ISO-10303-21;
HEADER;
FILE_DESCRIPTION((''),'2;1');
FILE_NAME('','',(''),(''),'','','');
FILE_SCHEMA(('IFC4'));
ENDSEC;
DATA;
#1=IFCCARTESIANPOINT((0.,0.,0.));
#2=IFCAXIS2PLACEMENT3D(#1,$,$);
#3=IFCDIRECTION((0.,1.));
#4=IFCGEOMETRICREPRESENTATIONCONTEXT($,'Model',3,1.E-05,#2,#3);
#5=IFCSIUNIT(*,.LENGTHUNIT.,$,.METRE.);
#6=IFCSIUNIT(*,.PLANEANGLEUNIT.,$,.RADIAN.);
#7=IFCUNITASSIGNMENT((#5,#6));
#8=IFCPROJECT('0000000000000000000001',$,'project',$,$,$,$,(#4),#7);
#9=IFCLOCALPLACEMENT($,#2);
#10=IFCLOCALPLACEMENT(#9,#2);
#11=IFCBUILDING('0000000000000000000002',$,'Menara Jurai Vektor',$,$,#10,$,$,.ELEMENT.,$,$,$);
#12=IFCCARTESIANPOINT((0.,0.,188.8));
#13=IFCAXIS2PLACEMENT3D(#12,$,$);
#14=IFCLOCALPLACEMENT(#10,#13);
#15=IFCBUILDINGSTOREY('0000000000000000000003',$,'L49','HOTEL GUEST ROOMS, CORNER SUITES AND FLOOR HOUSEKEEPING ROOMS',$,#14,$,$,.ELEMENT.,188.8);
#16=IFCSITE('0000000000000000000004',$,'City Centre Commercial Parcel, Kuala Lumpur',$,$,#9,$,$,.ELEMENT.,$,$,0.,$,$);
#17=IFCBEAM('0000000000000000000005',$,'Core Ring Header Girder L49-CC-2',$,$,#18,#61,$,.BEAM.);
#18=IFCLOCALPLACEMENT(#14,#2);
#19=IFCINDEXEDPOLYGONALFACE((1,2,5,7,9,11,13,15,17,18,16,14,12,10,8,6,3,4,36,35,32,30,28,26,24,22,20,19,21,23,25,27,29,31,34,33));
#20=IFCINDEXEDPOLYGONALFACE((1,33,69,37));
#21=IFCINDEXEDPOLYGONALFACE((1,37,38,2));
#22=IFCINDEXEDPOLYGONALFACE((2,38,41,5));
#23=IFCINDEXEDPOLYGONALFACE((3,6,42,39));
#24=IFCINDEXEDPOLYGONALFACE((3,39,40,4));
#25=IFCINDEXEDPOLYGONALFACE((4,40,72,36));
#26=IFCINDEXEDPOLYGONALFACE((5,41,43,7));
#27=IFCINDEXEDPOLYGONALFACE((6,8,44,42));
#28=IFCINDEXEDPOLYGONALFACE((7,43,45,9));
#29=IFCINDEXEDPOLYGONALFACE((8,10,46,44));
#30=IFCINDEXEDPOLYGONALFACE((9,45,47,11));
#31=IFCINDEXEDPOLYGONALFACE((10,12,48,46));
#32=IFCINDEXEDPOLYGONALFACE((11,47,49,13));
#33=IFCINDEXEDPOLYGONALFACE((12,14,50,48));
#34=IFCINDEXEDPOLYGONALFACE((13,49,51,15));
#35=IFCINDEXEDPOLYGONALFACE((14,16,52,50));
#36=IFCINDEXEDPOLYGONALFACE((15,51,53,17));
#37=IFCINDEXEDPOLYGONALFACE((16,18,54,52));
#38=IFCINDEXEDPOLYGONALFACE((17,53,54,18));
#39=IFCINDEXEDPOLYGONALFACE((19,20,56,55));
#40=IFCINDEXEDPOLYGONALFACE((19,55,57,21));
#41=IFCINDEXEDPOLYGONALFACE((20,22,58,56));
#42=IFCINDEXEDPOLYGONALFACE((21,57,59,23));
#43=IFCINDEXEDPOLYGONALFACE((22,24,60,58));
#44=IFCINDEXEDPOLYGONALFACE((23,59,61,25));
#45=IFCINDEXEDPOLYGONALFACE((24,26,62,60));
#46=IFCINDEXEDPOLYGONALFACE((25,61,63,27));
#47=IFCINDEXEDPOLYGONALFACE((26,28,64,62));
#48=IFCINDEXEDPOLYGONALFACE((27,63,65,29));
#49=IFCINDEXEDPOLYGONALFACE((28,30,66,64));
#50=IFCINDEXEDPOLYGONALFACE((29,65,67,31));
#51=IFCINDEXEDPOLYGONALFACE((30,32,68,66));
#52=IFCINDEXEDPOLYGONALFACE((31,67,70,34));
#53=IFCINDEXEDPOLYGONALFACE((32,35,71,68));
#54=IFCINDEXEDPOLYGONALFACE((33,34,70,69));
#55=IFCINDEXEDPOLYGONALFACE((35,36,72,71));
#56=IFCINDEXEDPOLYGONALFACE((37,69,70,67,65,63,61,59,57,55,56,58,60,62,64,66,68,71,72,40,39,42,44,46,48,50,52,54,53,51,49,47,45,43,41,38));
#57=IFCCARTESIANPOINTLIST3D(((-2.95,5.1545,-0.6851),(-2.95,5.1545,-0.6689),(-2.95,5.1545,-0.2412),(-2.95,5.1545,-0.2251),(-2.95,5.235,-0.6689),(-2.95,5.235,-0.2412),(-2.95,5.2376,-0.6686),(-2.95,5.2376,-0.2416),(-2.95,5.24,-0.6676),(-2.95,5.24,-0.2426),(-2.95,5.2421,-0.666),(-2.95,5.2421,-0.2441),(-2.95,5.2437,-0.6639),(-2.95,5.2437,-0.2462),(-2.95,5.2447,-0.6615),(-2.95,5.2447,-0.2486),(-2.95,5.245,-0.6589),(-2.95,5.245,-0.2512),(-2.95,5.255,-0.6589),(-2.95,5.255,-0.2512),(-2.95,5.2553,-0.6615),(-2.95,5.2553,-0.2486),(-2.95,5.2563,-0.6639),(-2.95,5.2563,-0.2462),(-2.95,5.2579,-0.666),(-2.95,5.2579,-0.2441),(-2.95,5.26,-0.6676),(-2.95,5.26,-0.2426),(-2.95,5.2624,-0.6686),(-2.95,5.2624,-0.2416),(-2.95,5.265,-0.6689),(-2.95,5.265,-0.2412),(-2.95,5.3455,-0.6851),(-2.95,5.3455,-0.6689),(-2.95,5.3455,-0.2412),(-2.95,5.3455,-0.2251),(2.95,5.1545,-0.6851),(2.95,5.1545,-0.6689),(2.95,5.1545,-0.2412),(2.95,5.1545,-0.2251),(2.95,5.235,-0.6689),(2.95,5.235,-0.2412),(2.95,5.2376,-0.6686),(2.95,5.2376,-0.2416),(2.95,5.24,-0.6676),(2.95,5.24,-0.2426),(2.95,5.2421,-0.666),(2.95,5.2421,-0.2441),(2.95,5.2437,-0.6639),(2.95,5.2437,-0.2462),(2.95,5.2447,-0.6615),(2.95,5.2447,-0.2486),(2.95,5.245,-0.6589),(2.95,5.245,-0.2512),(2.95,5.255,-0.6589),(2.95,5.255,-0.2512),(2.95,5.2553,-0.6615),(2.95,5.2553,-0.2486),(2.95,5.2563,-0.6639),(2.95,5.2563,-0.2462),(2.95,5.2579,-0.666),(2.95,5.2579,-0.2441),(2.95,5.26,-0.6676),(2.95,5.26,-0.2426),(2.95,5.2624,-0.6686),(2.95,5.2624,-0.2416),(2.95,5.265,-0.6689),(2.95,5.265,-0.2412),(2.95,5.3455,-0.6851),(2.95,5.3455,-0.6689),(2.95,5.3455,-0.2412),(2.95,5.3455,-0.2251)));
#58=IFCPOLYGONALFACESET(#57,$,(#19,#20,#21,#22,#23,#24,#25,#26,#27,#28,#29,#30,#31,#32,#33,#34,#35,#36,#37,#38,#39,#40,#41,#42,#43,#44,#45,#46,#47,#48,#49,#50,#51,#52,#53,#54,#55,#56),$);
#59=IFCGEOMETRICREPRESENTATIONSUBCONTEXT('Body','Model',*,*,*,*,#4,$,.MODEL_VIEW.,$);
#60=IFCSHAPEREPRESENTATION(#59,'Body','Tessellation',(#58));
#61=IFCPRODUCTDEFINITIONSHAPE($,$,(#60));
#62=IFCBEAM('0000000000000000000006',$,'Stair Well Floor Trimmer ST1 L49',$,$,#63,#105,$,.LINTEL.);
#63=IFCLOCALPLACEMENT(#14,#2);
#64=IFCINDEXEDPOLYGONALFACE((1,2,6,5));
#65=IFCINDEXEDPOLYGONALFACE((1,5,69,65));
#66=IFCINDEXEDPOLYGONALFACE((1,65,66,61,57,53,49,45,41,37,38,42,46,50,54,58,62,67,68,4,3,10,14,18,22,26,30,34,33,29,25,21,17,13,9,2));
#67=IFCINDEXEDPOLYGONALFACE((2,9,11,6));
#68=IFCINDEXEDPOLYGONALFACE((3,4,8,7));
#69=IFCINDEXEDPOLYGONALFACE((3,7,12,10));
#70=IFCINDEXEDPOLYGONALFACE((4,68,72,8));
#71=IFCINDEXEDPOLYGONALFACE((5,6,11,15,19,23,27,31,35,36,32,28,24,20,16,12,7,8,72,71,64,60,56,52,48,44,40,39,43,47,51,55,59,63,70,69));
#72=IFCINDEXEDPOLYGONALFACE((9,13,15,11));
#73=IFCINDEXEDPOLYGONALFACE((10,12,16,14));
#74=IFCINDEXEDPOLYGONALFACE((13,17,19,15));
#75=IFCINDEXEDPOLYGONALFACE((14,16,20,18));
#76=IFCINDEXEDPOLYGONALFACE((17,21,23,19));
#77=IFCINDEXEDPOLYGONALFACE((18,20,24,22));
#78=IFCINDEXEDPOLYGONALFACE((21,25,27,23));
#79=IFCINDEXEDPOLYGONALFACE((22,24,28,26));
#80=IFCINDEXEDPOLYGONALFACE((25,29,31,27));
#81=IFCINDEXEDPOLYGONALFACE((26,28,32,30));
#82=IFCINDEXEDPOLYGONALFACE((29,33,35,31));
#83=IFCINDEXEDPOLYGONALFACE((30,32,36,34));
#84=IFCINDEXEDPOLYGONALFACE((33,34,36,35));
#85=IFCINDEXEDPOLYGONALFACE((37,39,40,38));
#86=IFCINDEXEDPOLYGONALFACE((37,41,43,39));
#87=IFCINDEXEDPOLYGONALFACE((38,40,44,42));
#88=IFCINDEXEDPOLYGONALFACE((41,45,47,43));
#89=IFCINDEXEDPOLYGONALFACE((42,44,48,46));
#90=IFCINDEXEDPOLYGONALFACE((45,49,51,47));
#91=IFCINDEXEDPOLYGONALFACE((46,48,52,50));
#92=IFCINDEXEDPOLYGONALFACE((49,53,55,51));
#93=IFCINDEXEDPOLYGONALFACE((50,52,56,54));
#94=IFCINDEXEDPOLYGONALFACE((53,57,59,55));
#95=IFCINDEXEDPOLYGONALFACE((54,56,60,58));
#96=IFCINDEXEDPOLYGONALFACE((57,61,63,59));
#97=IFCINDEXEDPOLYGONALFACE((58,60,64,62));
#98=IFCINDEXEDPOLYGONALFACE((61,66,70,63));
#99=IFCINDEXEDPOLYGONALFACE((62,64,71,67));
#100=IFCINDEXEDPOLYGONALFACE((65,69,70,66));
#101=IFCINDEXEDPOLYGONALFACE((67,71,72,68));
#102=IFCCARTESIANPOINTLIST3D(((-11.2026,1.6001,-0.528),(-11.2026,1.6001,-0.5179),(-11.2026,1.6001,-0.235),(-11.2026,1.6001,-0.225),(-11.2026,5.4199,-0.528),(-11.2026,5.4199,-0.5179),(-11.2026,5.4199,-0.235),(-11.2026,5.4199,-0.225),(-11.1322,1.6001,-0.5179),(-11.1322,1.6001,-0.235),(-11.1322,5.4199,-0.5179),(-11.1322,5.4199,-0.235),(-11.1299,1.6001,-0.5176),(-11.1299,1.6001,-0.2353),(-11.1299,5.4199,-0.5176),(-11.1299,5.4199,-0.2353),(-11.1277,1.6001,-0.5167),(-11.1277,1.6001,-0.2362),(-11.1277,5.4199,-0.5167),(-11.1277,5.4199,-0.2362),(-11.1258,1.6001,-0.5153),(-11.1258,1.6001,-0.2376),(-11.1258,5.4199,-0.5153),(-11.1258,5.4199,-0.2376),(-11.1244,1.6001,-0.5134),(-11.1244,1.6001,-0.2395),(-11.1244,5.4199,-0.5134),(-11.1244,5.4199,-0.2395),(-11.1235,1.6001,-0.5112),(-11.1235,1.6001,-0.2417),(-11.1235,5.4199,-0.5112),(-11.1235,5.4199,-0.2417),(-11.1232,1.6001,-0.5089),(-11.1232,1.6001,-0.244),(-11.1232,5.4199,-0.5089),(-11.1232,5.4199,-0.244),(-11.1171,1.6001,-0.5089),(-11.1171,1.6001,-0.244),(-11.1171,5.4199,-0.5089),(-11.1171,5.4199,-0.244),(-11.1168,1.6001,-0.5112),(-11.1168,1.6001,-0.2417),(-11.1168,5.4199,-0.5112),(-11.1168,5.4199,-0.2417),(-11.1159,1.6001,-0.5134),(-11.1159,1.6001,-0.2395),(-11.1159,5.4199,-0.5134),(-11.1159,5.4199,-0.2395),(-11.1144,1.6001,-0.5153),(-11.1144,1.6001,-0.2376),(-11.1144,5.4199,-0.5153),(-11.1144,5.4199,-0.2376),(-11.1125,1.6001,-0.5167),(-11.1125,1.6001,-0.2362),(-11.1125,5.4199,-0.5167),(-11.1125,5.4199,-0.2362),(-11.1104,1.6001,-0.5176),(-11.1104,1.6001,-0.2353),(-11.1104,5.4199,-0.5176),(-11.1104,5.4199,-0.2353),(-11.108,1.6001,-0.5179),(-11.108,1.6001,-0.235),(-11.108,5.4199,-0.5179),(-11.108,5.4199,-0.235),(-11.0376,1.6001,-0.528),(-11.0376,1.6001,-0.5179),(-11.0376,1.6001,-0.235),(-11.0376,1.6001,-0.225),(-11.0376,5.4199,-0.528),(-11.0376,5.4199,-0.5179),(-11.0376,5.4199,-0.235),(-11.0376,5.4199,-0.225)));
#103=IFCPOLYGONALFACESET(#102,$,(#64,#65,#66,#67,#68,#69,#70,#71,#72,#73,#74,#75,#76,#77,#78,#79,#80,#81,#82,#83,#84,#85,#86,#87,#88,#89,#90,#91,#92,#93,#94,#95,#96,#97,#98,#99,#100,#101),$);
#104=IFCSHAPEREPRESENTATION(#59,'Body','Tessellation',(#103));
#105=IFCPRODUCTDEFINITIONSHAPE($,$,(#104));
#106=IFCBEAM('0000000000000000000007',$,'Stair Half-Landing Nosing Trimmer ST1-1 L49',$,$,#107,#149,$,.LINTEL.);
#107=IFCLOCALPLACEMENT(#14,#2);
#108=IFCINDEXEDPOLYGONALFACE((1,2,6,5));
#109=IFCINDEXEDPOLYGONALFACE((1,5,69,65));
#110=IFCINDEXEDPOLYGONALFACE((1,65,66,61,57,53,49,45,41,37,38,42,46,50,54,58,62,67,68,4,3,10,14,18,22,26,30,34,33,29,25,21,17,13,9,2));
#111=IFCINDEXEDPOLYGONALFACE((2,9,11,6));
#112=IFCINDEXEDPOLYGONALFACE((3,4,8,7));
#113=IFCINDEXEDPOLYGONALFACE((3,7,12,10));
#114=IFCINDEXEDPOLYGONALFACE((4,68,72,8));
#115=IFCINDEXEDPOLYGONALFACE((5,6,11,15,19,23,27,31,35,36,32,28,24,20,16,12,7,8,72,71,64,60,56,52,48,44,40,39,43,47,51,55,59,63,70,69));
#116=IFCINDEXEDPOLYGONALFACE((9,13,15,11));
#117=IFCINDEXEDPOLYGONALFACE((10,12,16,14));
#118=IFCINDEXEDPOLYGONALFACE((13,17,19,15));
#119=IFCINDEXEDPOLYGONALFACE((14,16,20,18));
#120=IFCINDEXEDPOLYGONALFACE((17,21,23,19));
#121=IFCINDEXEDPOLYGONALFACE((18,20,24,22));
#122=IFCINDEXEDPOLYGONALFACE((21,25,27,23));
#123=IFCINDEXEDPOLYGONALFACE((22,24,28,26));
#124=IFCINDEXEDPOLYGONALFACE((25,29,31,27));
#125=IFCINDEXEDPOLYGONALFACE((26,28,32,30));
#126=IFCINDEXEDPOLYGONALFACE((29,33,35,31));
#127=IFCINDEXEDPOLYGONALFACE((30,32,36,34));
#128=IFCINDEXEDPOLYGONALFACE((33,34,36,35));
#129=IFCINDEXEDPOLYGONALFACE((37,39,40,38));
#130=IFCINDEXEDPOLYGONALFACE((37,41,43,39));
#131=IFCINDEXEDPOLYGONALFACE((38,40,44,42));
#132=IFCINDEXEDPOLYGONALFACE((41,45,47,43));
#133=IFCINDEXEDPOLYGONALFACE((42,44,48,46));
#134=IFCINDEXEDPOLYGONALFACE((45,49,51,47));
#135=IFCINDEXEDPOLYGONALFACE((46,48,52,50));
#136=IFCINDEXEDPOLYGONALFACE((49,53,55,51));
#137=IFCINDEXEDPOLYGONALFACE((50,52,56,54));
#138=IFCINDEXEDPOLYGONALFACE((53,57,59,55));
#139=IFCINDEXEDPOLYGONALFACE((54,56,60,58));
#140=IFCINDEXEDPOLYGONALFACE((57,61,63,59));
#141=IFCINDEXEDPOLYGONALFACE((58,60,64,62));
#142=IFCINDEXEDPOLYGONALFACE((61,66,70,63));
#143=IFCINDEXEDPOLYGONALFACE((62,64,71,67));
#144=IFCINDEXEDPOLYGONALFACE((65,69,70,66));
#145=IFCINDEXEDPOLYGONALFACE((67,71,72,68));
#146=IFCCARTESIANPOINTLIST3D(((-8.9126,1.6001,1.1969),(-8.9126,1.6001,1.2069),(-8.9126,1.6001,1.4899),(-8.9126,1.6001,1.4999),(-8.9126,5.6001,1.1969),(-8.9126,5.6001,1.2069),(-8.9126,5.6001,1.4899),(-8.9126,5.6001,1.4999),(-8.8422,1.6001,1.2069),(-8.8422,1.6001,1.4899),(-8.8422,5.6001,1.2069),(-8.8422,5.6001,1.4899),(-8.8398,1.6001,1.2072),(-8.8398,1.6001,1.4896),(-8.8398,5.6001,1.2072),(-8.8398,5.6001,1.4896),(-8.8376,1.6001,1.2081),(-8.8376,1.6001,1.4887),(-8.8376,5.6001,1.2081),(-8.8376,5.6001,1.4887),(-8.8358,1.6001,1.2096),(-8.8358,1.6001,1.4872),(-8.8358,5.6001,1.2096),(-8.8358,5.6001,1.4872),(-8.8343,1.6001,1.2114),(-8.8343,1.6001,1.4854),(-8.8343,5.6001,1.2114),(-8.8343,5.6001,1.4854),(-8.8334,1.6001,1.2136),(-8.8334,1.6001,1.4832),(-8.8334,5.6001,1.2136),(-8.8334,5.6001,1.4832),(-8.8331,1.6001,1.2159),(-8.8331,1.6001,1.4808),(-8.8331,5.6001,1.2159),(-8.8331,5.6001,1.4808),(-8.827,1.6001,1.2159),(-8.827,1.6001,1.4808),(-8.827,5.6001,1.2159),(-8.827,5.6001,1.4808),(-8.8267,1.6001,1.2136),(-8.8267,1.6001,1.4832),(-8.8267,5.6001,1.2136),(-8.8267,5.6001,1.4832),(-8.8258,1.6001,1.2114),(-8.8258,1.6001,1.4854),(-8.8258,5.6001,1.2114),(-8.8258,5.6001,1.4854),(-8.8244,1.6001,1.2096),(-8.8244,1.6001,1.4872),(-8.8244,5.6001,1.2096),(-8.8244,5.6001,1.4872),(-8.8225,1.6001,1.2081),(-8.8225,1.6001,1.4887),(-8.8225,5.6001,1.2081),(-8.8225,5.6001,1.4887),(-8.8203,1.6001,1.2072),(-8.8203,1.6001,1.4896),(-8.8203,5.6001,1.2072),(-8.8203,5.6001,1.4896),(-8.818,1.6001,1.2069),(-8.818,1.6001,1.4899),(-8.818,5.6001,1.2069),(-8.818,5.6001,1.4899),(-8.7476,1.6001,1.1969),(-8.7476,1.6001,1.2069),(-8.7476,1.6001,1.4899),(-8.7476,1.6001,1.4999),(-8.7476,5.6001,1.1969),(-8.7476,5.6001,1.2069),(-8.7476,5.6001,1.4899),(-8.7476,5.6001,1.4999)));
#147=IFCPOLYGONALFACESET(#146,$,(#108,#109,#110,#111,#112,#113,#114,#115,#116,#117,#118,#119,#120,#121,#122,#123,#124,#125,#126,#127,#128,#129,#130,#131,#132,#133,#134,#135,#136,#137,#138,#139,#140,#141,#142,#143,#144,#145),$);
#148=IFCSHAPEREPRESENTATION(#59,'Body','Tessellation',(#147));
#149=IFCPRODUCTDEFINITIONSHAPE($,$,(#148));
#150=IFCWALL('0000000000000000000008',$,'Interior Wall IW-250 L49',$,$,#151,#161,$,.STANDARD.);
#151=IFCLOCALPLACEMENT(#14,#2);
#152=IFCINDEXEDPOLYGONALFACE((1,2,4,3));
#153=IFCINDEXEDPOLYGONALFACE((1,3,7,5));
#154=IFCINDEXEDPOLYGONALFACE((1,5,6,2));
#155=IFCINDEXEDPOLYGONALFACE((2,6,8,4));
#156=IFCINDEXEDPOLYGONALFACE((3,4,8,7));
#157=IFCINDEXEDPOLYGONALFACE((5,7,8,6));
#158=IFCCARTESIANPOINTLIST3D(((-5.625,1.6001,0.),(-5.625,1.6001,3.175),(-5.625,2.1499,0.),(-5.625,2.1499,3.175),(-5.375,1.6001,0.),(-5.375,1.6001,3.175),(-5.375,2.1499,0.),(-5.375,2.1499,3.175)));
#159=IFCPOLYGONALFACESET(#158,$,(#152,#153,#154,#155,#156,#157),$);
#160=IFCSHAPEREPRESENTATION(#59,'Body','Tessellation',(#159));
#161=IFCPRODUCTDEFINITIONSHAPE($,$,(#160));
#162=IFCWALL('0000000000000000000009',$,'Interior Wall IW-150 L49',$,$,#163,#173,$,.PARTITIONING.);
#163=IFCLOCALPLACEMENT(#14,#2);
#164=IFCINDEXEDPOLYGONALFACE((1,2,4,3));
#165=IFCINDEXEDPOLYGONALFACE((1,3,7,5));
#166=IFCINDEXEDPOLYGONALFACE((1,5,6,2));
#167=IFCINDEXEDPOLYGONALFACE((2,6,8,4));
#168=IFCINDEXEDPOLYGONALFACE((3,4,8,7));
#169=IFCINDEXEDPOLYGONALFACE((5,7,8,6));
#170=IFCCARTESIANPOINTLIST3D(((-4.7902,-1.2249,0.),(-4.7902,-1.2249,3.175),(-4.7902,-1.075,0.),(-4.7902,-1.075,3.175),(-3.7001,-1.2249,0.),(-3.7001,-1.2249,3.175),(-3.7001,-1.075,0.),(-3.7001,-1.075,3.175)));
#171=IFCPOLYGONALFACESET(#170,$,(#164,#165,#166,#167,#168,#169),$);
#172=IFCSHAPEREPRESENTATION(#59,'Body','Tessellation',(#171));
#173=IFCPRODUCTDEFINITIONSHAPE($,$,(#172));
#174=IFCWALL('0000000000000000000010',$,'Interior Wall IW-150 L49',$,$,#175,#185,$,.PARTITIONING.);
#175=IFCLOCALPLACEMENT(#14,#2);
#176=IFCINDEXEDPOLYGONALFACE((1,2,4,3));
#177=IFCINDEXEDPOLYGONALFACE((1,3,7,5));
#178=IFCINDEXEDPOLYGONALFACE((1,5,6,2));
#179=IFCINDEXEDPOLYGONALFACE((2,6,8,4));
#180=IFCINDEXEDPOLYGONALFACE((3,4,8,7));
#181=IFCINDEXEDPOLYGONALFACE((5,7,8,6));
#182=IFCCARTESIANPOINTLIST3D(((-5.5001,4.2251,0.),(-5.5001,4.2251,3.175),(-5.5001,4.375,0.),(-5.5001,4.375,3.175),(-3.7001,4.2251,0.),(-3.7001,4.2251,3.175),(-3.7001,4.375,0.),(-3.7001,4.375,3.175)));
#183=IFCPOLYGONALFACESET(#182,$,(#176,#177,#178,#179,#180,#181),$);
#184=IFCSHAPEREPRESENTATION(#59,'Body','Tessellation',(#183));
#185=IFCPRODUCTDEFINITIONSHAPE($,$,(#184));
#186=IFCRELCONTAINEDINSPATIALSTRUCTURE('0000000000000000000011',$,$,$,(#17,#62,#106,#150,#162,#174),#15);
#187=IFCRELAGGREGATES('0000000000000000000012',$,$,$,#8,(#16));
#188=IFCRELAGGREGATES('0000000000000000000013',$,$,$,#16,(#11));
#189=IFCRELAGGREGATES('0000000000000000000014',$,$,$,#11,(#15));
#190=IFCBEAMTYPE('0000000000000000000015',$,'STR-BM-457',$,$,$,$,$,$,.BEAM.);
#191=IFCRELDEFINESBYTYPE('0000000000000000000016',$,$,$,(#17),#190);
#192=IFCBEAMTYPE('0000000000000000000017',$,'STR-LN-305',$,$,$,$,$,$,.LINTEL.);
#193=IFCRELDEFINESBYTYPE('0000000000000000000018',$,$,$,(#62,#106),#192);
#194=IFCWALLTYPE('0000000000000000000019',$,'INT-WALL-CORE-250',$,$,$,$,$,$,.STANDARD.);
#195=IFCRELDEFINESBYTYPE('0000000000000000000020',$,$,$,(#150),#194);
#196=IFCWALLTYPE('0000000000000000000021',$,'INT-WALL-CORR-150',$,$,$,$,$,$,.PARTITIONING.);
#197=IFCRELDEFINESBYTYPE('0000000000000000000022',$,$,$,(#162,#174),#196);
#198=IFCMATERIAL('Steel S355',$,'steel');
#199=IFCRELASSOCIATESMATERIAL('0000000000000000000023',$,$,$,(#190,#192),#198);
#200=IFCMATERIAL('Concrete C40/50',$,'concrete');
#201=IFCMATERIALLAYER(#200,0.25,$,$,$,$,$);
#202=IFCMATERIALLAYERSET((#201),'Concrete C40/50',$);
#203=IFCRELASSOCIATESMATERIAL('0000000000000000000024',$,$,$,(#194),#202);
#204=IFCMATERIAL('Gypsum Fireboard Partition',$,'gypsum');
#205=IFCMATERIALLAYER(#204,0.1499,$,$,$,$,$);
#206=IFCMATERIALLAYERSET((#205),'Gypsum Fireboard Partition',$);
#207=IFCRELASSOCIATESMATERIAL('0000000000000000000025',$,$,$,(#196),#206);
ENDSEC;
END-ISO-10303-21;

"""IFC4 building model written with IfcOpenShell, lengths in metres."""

from ifc_helpers import new_model, si_unit, direction, frame, frame_2d, origin, origin_2d, place, context, subcontext, project, spatial, rectangle, i_section, extrude, material, layer, layer_set, material_profile, profile_set, type_object, element, save


model = new_model("IFC4")

# Units and contexts
model_context = context("Model", 3, precision=1e-05, world=origin(), true_north=direction((0.0, 1.0)))
body_context = subcontext(model_context, "Body", "Model", "MODEL_VIEW")
ifc_project = project(units=[si_unit("LENGTHUNIT", "METRE"), si_unit("PLANEANGLEUNIT", "RADIAN")], contexts=[model_context])

# Site, building, storey
site_placement = place(None, origin())
site = spatial("IfcSite", under=ifc_project, at=site_placement, Name="City Centre Commercial Parcel, Kuala Lumpur", CompositionType="ELEMENT", RefElevation=0.0)
building_placement = place(site_placement, origin())
building = spatial("IfcBuilding", under=site, at=building_placement, Name="Menara Jurai Vektor", CompositionType="ELEMENT")
storey_placement = place(building_placement, frame((0.0, 0.0, 188.8)))
storey = spatial("IfcBuildingStorey", under=building, at=storey_placement, Name="L49", Description="HOTEL GUEST ROOMS, CORNER SUITES AND FLOOR HOUSEKEEPING ROOMS", CompositionType="ELEMENT", Elevation=188.8)

# Shared definitions
ifc_material_1 = material(Name="Steel S355", Category="steel")

# Beams
ifc_material_profile_1 = material_profile(ifc_material_1, i_section(OverallWidth=0.1909, OverallDepth=0.46, WebThickness=0.01, FlangeThickness=0.0161, FilletRadius=0.01, at=origin_2d()), Name="UKB 457x191x82")
ifc_profile_set_1 = profile_set([ifc_material_profile_1], Name="Steel S355")
beam_type_1 = type_object("IfcBeamType", Name="STR-BM-457", PredefinedType="BEAM", material=ifc_profile_set_1)
beam_1_placement = place(storey_placement, frame((-2.95, 5.25, -0.4551), z_axis=(1.0, 0.0, 0.0), x_axis=(0.0, 1.0, 0.0)))
element("IfcBeam", 1, at=beam_1_placement, inside=storey, type_object=beam_type_1, Name="Core Ring Header Girder L49-CC-2", PredefinedType="BEAM", context=body_context, shape_type="SweptSolid", body=[
    extrude(i_section(OverallWidth=0.1909, OverallDepth=0.46, WebThickness=0.01, FlangeThickness=0.0161, FilletRadius=0.01, at=origin_2d()), origin(), (0.0, 0.0, 1.0), 5.8999),
])
ifc_material_profile_2 = material_profile(ifc_material_1, i_section(OverallWidth=0.165, OverallDepth=0.303, WebThickness=0.0061, FlangeThickness=0.01, FilletRadius=0.009, at=origin_2d()), Name="UKB 305x165x40")
ifc_profile_set_2 = profile_set([ifc_material_profile_2], Name="Steel S355")
beam_type_2 = type_object("IfcBeamType", Name="STR-LN-305", PredefinedType="LINTEL", material=ifc_profile_set_2)
beam_2_placement = place(storey_placement, frame((-11.1201, 1.6001, -0.3765), z_axis=(0.0, 1.0, 0.0), x_axis=(-1.0, 0.0, 0.0)))
element("IfcBeam", 2, at=beam_2_placement, inside=storey, type_object=beam_type_2, Name="Stair Well Floor Trimmer ST1 L49", PredefinedType="LINTEL", context=body_context, shape_type="SweptSolid", body=[
    extrude(i_section(OverallWidth=0.165, OverallDepth=0.303, WebThickness=0.0061, FlangeThickness=0.01, FilletRadius=0.009, at=origin_2d()), origin(), (0.0, 0.0, 1.0), 3.8198),
])
beam_3_placement = place(storey_placement, frame((-8.8301, 1.6001, 1.3484), z_axis=(0.0, 1.0, 0.0), x_axis=(-1.0, 0.0, 0.0)))
element("IfcBeam", 3, at=beam_3_placement, inside=storey, type_object=beam_type_2, Name="Stair Half-Landing Nosing Trimmer ST1-1 L49", PredefinedType="LINTEL", context=body_context, shape_type="SweptSolid", body=[
    extrude(i_section(OverallWidth=0.165, OverallDepth=0.303, WebThickness=0.0061, FlangeThickness=0.01, FilletRadius=0.009, at=origin_2d()), origin(), (0.0, 0.0, 1.0), 4.0),
])

# Shared definitions
ifc_material_2 = material(Name="Concrete C40/50", Category="concrete")
ifc_layer_1 = layer(ifc_material_2, 0.25)
ifc_layer_set_1 = layer_set([ifc_layer_1], Name="Concrete C40/50")
wall_type_1 = type_object("IfcWallType", Name="INT-WALL-CORE-250", PredefinedType="STANDARD", material=ifc_layer_set_1)

# Walls
wall_1_placement = place(storey_placement, frame((-5.5, 1.6001, 0.0), z_axis=(0.0, 0.0, 1.0), x_axis=(0.0, 1.0, 0.0)))
element("IfcWall", 4, at=wall_1_placement, inside=storey, type_object=wall_type_1, Name="Interior Wall IW-250 L49", PredefinedType="STANDARD", context=body_context, shape_type="SweptSolid", body=[
    extrude(rectangle(XDim=0.5498, YDim=0.25, at=frame_2d((0.2749, 0.0))), origin(), (0.0, 0.0, 1.0), 3.175),
])
ifc_material_3 = material(Name="Gypsum Fireboard Partition", Category="gypsum")
ifc_layer_2 = layer(ifc_material_3, 0.1499)
ifc_layer_set_2 = layer_set([ifc_layer_2], Name="Gypsum Fireboard Partition")
wall_type_2 = type_object("IfcWallType", Name="INT-WALL-CORR-150", PredefinedType="PARTITIONING", material=ifc_layer_set_2)
wall_2_placement = place(storey_placement, frame((-4.79, -1.1499, 0.0), z_axis=(0.0, 0.0, 1.0), x_axis=(1.0, 0.0, 0.0)))
element("IfcWall", 5, at=wall_2_placement, inside=storey, type_object=wall_type_2, Name="Interior Wall IW-150 L49", PredefinedType="PARTITIONING", context=body_context, shape_type="SweptSolid", body=[
    extrude(rectangle(XDim=1.0901, YDim=0.1499, at=frame_2d((0.5449, 0.0))), origin(), (0.0, 0.0, 1.0), 3.175),
])
for number, where, z_axis, x_axis, name in (
    (6, (-5.5, 4.3, 0.0), (0.0, 0.0, 1.0), (1.0, 0.0, 0.0), "Interior Wall IW-150 L49"),
):
    element("IfcWall", number, at=place(storey_placement, frame(where, z_axis=z_axis, x_axis=x_axis)), inside=storey, type_object=wall_type_2, Name=name, PredefinedType="PARTITIONING", context=body_context, shape_type="SweptSolid", body=[
        extrude(rectangle(XDim=1.8, YDim=0.1499, at=frame_2d((0.8999, 0.0))), origin(), (0.0, 0.0, 1.0), 3.175),
    ])

save(model, "model.ifc")
